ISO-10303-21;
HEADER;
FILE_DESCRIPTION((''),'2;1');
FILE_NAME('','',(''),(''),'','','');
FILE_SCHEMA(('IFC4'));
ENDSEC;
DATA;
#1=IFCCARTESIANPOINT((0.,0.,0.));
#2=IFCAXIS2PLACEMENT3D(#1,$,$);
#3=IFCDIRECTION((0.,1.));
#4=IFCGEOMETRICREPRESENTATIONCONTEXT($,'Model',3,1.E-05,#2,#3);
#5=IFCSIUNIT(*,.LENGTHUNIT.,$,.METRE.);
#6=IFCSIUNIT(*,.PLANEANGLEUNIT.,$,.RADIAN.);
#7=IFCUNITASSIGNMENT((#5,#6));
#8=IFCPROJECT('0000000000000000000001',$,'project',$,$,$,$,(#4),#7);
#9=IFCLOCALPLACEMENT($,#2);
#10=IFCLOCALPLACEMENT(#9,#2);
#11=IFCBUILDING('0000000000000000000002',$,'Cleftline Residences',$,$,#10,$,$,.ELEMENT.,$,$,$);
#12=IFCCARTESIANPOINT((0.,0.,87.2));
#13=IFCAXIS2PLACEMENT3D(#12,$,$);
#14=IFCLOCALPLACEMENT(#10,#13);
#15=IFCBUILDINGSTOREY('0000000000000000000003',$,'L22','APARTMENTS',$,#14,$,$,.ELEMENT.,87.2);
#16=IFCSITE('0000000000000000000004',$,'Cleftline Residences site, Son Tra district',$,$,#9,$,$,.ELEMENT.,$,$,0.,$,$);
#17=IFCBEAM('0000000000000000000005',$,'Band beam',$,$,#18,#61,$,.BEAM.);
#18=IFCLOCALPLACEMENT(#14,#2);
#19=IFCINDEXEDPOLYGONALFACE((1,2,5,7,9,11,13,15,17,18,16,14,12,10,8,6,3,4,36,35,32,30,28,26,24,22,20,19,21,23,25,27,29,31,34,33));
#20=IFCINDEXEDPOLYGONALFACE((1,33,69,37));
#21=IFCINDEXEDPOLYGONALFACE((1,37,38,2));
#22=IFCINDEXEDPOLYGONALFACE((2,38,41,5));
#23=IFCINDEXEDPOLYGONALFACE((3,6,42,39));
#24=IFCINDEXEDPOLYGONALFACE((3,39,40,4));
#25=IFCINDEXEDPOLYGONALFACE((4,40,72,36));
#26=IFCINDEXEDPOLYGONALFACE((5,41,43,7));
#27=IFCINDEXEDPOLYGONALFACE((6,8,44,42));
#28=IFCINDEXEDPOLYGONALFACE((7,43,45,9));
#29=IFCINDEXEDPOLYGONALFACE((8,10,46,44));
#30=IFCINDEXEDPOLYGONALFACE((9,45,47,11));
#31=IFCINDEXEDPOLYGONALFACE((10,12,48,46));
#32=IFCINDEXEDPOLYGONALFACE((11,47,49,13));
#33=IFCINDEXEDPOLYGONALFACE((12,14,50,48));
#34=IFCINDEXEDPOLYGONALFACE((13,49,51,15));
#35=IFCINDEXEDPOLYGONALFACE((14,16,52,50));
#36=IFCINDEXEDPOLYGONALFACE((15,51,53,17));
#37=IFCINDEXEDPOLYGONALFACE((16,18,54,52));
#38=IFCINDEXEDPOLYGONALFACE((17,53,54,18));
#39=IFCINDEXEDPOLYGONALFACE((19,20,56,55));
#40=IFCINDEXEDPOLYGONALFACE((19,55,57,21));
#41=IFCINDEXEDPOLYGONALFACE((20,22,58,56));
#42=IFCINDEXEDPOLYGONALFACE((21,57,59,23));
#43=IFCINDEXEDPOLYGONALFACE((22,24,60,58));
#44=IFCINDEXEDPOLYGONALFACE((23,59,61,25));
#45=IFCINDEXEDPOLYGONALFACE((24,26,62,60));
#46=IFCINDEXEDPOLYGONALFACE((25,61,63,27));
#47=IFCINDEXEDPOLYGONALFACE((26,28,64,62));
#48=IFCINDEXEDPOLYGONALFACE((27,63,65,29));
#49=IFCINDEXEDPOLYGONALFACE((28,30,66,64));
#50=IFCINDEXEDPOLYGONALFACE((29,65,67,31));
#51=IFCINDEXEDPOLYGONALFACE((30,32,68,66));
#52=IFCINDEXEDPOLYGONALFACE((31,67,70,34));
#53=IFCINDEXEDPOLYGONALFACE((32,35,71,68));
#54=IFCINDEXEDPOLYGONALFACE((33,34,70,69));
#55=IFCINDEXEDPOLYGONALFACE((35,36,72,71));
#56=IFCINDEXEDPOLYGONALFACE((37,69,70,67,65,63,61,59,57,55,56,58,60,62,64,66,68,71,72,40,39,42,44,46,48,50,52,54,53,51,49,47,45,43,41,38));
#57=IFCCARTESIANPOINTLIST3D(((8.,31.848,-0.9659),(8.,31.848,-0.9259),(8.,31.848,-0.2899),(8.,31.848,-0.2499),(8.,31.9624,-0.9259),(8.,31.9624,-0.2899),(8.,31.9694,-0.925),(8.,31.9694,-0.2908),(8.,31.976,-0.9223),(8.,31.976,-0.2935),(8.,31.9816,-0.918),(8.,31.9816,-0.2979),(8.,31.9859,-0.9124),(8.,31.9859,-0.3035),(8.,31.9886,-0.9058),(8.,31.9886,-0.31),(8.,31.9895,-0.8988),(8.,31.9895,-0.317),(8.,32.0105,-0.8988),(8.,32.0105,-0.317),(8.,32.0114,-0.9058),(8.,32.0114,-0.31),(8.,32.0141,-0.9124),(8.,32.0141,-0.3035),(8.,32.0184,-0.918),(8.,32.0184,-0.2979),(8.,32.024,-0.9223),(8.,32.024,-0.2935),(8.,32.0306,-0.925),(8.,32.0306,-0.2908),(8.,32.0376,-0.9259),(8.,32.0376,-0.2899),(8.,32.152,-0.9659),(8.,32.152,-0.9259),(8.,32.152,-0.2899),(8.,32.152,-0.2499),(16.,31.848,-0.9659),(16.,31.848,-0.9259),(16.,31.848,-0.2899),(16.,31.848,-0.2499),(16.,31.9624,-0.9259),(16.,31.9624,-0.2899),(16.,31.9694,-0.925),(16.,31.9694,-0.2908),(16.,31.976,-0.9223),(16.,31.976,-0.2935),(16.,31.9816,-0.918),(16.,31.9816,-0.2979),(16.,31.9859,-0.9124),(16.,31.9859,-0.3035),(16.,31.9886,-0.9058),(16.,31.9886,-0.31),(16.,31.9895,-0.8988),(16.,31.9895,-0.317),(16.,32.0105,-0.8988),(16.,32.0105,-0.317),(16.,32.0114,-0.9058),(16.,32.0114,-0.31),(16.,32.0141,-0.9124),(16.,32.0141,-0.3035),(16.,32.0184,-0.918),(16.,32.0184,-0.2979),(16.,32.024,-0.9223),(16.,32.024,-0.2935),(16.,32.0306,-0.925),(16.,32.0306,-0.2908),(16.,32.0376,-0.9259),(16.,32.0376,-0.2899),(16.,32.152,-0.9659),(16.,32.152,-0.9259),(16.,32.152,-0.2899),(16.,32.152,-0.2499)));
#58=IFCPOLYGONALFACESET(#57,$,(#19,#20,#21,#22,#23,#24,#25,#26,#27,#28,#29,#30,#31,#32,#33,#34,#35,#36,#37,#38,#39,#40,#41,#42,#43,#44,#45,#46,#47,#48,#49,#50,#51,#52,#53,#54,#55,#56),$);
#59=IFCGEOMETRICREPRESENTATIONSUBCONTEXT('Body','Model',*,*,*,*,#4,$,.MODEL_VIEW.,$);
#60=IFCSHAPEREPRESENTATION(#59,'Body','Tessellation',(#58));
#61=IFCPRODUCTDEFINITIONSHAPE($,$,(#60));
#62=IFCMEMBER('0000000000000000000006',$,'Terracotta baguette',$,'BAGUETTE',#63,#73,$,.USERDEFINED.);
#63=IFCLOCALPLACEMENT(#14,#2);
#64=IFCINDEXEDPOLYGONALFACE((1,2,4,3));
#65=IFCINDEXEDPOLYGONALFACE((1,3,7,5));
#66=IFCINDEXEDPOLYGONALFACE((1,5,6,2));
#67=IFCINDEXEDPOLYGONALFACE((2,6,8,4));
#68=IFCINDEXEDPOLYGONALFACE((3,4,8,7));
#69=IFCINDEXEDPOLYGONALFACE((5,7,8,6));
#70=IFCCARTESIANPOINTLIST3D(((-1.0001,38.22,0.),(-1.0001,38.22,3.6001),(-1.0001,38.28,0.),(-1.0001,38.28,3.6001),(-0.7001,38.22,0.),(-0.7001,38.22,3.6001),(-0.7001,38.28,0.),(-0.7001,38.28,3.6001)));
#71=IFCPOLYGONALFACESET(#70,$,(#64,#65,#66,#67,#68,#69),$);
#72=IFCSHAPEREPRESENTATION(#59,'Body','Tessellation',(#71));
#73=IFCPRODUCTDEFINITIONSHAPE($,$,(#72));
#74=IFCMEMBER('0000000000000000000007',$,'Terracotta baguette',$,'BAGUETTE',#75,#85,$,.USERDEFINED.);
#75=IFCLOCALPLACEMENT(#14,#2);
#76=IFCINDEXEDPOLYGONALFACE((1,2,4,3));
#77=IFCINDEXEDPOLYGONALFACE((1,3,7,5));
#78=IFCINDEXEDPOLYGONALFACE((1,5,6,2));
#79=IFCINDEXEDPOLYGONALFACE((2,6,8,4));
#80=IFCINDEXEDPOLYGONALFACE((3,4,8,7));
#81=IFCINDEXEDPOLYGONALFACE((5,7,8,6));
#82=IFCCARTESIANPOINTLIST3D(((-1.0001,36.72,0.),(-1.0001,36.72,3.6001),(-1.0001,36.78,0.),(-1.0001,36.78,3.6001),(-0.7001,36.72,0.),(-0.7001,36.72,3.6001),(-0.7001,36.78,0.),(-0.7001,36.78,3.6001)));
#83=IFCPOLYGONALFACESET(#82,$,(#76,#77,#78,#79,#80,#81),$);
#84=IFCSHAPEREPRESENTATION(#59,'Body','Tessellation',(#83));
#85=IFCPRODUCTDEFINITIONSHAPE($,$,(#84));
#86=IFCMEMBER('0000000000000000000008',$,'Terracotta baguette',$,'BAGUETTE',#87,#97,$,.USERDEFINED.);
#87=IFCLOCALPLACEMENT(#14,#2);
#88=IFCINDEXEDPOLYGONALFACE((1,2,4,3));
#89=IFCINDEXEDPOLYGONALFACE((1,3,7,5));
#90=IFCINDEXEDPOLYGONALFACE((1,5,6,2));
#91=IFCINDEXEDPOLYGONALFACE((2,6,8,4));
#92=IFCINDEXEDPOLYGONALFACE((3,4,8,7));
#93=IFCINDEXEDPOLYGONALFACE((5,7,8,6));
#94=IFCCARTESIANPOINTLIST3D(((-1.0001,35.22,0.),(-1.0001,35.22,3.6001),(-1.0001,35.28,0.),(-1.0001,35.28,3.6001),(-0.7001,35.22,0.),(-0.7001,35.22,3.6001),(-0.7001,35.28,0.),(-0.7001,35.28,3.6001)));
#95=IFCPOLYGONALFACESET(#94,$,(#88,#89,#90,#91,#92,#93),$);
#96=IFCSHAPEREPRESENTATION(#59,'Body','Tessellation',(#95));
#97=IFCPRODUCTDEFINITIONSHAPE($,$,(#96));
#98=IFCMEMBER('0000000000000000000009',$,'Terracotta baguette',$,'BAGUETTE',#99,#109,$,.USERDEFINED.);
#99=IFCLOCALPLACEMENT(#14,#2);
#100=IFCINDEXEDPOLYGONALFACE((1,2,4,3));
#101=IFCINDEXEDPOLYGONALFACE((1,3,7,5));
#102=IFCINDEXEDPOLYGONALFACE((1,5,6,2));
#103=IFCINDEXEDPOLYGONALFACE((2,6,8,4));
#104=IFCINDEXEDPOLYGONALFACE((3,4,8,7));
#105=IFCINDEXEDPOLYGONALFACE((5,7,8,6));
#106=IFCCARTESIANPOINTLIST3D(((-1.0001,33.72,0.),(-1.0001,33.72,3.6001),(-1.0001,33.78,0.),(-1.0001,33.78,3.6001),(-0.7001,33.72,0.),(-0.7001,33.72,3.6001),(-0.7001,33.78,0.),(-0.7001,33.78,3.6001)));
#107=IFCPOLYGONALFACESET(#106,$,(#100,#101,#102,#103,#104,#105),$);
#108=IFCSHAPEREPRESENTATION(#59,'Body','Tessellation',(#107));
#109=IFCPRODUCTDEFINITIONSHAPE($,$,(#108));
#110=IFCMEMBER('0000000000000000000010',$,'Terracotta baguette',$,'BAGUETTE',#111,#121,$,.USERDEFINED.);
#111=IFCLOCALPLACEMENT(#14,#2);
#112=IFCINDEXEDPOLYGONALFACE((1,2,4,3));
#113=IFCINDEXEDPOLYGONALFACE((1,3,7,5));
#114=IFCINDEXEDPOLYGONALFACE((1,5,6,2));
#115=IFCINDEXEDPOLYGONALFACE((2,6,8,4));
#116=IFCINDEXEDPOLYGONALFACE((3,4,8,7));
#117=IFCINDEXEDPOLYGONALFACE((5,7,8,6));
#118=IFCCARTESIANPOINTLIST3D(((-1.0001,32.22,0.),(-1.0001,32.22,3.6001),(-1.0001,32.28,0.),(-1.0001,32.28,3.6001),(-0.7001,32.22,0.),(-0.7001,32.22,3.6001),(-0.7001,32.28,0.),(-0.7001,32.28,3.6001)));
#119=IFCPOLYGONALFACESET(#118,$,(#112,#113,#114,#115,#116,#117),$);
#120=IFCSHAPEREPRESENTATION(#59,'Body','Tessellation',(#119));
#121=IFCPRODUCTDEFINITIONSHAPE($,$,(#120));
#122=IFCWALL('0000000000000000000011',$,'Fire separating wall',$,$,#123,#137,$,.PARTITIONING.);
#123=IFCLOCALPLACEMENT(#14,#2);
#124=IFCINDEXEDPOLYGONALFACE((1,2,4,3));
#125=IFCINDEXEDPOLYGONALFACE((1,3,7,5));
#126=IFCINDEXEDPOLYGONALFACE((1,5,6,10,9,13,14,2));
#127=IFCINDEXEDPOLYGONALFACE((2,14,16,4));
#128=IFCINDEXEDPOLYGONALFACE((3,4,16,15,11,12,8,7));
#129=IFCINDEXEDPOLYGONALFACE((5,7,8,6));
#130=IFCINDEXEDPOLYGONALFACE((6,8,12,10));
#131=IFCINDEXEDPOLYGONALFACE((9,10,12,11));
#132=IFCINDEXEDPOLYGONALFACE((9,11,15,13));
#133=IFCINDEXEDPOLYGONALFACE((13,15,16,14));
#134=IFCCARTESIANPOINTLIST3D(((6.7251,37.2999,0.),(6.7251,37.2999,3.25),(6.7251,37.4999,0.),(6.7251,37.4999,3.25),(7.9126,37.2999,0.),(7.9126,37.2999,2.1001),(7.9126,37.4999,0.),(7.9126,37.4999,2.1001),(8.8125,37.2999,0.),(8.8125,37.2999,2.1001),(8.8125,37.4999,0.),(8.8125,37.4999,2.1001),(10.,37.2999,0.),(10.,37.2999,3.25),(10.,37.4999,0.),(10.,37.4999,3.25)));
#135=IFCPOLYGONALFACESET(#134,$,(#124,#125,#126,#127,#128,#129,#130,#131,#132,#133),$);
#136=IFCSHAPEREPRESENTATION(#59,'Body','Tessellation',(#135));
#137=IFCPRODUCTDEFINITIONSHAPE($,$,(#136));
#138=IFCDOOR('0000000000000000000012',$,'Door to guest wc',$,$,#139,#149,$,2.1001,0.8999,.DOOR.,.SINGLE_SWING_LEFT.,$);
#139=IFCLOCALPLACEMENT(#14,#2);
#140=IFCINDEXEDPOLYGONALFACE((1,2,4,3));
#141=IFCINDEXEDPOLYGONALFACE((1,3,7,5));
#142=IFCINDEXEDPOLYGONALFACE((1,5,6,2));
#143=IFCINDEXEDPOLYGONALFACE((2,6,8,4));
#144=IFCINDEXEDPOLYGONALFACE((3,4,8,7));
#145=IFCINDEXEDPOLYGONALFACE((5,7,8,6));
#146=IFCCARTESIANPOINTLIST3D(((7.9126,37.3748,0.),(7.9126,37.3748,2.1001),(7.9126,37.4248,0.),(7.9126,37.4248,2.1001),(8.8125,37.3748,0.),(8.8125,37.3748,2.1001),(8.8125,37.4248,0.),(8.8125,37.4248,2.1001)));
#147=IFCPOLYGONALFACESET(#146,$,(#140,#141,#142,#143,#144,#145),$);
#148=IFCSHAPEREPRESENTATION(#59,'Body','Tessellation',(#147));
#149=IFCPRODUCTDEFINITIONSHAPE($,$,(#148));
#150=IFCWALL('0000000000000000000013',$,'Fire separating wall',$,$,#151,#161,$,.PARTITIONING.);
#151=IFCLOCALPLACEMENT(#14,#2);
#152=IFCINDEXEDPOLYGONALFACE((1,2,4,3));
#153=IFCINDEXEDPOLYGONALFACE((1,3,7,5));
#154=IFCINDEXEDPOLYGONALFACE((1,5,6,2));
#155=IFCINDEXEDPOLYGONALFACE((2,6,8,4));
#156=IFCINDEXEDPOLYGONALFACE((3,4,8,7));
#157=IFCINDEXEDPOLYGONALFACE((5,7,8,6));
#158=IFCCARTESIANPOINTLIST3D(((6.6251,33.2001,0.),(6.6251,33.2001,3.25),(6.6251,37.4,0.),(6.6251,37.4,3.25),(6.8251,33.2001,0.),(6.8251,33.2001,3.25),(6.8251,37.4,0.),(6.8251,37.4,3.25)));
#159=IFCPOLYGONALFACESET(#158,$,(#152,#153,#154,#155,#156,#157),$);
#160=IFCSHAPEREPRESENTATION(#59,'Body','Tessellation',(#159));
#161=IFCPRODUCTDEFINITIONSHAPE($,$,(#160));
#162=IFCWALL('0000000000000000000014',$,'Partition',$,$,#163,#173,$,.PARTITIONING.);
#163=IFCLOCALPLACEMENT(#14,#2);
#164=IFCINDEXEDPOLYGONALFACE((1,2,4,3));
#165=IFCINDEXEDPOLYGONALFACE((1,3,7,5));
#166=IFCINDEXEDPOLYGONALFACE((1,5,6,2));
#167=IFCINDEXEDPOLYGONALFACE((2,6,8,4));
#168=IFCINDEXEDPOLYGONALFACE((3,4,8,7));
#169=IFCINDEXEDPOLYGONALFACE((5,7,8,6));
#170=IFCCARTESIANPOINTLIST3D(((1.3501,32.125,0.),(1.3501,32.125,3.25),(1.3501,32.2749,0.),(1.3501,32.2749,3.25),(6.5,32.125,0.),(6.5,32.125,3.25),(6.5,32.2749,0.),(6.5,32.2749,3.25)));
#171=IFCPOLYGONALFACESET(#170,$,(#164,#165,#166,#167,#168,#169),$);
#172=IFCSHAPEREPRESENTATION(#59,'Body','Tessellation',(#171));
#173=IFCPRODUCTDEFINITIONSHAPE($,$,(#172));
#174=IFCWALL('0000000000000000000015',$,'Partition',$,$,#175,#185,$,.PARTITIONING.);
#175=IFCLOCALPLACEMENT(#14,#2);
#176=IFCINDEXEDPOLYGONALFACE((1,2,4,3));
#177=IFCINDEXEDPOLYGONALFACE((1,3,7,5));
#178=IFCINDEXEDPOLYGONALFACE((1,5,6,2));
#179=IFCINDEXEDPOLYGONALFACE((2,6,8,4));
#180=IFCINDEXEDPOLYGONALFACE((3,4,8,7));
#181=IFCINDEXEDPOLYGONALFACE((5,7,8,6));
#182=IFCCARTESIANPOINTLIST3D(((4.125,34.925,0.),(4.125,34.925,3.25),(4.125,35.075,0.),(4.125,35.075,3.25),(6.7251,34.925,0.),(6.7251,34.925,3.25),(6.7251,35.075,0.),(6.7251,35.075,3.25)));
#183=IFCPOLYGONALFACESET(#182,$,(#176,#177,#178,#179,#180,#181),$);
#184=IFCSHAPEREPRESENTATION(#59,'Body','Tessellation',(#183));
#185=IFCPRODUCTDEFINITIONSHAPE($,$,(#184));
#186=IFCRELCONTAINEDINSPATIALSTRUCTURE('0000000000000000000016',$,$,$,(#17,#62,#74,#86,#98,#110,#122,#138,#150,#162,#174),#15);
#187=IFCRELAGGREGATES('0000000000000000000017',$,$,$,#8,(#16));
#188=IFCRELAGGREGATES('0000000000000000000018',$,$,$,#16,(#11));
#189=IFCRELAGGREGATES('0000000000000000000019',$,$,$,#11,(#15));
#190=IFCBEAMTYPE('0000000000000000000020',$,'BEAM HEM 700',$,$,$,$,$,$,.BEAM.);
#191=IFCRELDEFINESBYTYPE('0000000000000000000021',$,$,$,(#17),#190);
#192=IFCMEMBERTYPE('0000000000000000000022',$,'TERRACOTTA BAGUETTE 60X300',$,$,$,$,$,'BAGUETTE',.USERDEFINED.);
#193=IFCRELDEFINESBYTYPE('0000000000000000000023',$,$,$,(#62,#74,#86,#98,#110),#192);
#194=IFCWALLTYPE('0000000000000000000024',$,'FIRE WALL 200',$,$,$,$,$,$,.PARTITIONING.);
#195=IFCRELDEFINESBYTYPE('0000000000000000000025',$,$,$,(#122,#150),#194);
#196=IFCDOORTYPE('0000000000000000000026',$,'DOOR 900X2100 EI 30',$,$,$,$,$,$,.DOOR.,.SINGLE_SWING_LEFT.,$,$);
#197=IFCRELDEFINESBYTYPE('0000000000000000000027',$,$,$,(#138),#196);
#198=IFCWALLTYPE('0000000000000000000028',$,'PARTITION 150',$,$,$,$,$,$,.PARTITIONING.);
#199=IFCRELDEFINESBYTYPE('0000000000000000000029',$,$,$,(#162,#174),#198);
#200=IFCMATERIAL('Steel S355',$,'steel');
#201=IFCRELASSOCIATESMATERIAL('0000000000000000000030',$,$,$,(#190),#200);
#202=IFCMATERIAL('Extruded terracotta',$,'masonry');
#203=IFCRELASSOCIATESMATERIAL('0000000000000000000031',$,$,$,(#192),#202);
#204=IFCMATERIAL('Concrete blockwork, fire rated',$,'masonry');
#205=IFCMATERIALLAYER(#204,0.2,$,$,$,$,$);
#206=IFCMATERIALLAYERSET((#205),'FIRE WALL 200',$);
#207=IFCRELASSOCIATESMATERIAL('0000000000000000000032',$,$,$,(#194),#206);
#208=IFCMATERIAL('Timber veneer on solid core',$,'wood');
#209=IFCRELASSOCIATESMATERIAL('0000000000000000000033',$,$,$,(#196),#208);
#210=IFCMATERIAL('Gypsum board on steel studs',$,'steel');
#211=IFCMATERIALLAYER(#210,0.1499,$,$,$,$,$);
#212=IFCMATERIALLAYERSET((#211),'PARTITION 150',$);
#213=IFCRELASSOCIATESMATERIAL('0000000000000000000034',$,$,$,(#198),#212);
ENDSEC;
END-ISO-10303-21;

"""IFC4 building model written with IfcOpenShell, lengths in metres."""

from ifc_helpers import new_model, si_unit, direction, frame, frame_2d, origin, origin_2d, place, context, subcontext, project, spatial, rectangle, i_section, extrude, material, layer, layer_set, material_profile, profile_set, type_object, element, fill, save


model = new_model("IFC4")

# Units and contexts
model_context = context("Model", 3, precision=1e-05, world=origin(), true_north=direction((0.0, 1.0)))
body_context = subcontext(model_context, "Body", "Model", "MODEL_VIEW")
ifc_project = project(units=[si_unit("LENGTHUNIT", "METRE"), si_unit("PLANEANGLEUNIT", "RADIAN")], contexts=[model_context])

# Site, building, storey
site_placement = place(None, origin())
site = spatial("IfcSite", under=ifc_project, at=site_placement, Name="Cleftline Residences site, Son Tra district", CompositionType="ELEMENT", RefElevation=0.0)
building_placement = place(site_placement, origin())
building = spatial("IfcBuilding", under=site, at=building_placement, Name="Cleftline Residences", CompositionType="ELEMENT")
storey_placement = place(building_placement, frame((0.0, 0.0, 87.2)))
storey = spatial("IfcBuildingStorey", under=building, at=storey_placement, Name="L22", Description="APARTMENTS", CompositionType="ELEMENT", Elevation=87.2)

# Beam
ifc_material_1 = material(Name="Steel S355", Category="steel")
ifc_material_profile_1 = material_profile(ifc_material_1, i_section(OverallWidth=0.304, OverallDepth=0.7161, WebThickness=0.021, FlangeThickness=0.04, FilletRadius=0.0271, at=origin_2d()))
ifc_profile_set_1 = profile_set([ifc_material_profile_1], Name="Steel S355")
beam_type = type_object("IfcBeamType", Name="BEAM HEM 700", PredefinedType="BEAM", material=ifc_profile_set_1)
beam_placement = place(storey_placement, frame((8.0, 32.0, -0.6079), z_axis=(1.0, 0.0, 0.0), x_axis=(0.0, 1.0, 0.0)))
element("IfcBeam", 1, at=beam_placement, inside=storey, type_object=beam_type, Name="Band beam", PredefinedType="BEAM", context=body_context, shape_type="SweptSolid", body=[
    extrude(i_section(OverallWidth=0.304, OverallDepth=0.7161, WebThickness=0.021, FlangeThickness=0.04, FilletRadius=0.0271, at=origin_2d()), origin(), (0.0, 0.0, 1.0), 8.0),
])

# Members
ifc_material_2 = material(Name="Extruded terracotta", Category="masonry")
ifc_material_profile_2 = material_profile(ifc_material_2, rectangle(XDim=0.0601, YDim=0.3, at=origin_2d()))
ifc_profile_set_2 = profile_set([ifc_material_profile_2], Name="Extruded terracotta")
member_type = type_object("IfcMemberType", Name="TERRACOTTA BAGUETTE 60X300", ElementType="BAGUETTE", PredefinedType="USERDEFINED", material=ifc_profile_set_2)
for number, where, z_axis, x_axis, name in (
    (2, (-0.8501, 38.25, 0.0), (0.0, 0.0, 1.0), (0.0, 1.0, 0.0), "Terracotta baguette"),
    (3, (-0.8501, 36.75, 0.0), (0.0, 0.0, 1.0), (0.0, 1.0, 0.0), "Terracotta baguette"),
    (4, (-0.8501, 35.25, 0.0), (0.0, 0.0, 1.0), (0.0, 1.0, 0.0), "Terracotta baguette"),
    (5, (-0.8501, 33.75, 0.0), (0.0, 0.0, 1.0), (0.0, 1.0, 0.0), "Terracotta baguette"),
    (6, (-0.8501, 32.25, 0.0), (0.0, 0.0, 1.0), (0.0, 1.0, 0.0), "Terracotta baguette"),
):
    element("IfcMember", number, at=place(storey_placement, frame(where, z_axis=z_axis, x_axis=x_axis)), inside=storey, type_object=member_type, Name=name, ObjectType="BAGUETTE", PredefinedType="USERDEFINED", context=body_context, shape_type="SweptSolid", body=[
        extrude(rectangle(XDim=0.0601, YDim=0.3, at=origin_2d()), origin(), (0.0, 0.0, 1.0), 3.6001),
    ])

# Wall, opening, door
ifc_material_3 = material(Name="Concrete blockwork, fire rated", Category="masonry")
ifc_layer_1 = layer(ifc_material_3, 0.2)
ifc_layer_set_1 = layer_set([ifc_layer_1], Name="FIRE WALL 200")
wall_type_1 = type_object("IfcWallType", Name="FIRE WALL 200", PredefinedType="PARTITIONING", material=ifc_layer_set_1)
wall_1_placement = place(storey_placement, frame((6.7251, 37.3999, 0.0), z_axis=(0.0, 0.0, 1.0), x_axis=(1.0, 0.0, 0.0)))
wall_1 = element("IfcWall", 7, at=wall_1_placement, inside=storey, type_object=wall_type_1, Name="Fire separating wall", PredefinedType="PARTITIONING", context=body_context, shape_type="SweptSolid", body=[
    extrude(rectangle(XDim=3.2749, YDim=0.2, at=frame_2d((1.6375, 0.0))), origin(), (0.0, 0.0, 1.0), 3.25),
])
opening_1_placement = place(wall_1_placement, frame((1.1875, 0.0, 0.0)))
opening_1 = element("IfcOpeningElement", 8, at=opening_1_placement, cuts=wall_1, PredefinedType="OPENING", context=body_context, shape_type="SweptSolid", body=[
    extrude(rectangle(XDim=0.8999, YDim=2.1001, at=frame_2d((0.45, 1.05))), frame((0.0, 0.1099, 0.0), z_axis=(0.0, -1.0, 0.0), x_axis=(1.0, 0.0, 0.0)), (0.0, 0.0, 1.0), 0.22),
])
ifc_material_4 = material(Name="Timber veneer on solid core", Category="wood")
door_type_1 = type_object("IfcDoorType", Name="DOOR 900X2100 EI 30", OperationType="SINGLE_SWING_LEFT", PredefinedType="DOOR", material=ifc_material_4)
door_1_placement = place(opening_1_placement, origin())
door_1 = element("IfcDoor", 9, at=door_1_placement, inside=storey, type_object=door_type_1, Name="Door to guest wc", OperationType="SINGLE_SWING_LEFT", OverallHeight=2.1001, OverallWidth=0.8999, PredefinedType="DOOR", context=body_context, shape_type="SweptSolid", body=[
    extrude(rectangle(XDim=0.8999, YDim=2.1001, at=frame_2d((0.45, 1.05))), frame((0.0, 0.0249, 0.0), z_axis=(0.0, -1.0, 0.0), x_axis=(1.0, 0.0, 0.0)), (0.0, 0.0, 1.0), 0.05),
])
fill(opening_1, door_1)

# Walls
wall_2_placement = place(storey_placement, frame((6.7251, 33.2, 0.0), z_axis=(0.0, 0.0, 1.0), x_axis=(0.0, 1.0, 0.0)))
element("IfcWall", 10, at=wall_2_placement, inside=storey, type_object=wall_type_1, Name="Fire separating wall", PredefinedType="PARTITIONING", context=body_context, shape_type="SweptSolid", body=[
    extrude(rectangle(XDim=4.2, YDim=0.2, at=frame_2d((2.1001, 0.0))), origin(), (0.0, 0.0, 1.0), 3.25),
])
ifc_material_5 = material(Name="Gypsum board on steel studs", Category="steel")
ifc_layer_2 = layer(ifc_material_5, 0.1499)
ifc_layer_set_2 = layer_set([ifc_layer_2], Name="PARTITION 150")
wall_type_2 = type_object("IfcWallType", Name="PARTITION 150", PredefinedType="PARTITIONING", material=ifc_layer_set_2)
wall_3_placement = place(storey_placement, frame((1.3501, 32.2, 0.0), z_axis=(0.0, 0.0, 1.0), x_axis=(1.0, 0.0, 0.0)))
element("IfcWall", 11, at=wall_3_placement, inside=storey, type_object=wall_type_2, Name="Partition", PredefinedType="PARTITIONING", context=body_context, shape_type="SweptSolid", body=[
    extrude(rectangle(XDim=5.1499, YDim=0.1499, at=frame_2d((2.575, 0.0))), origin(), (0.0, 0.0, 1.0), 3.25),
])
wall_4_placement = place(storey_placement, frame((4.125, 35.0, 0.0), z_axis=(0.0, 0.0, 1.0), x_axis=(1.0, 0.0, 0.0)))
element("IfcWall", 12, at=wall_4_placement, inside=storey, type_object=wall_type_2, Name="Partition", PredefinedType="PARTITIONING", context=body_context, shape_type="SweptSolid", body=[
    extrude(rectangle(XDim=2.6001, YDim=0.1499, at=frame_2d((1.3, 0.0))), origin(), (0.0, 0.0, 1.0), 3.25),
])

save(model, "model.ifc")
